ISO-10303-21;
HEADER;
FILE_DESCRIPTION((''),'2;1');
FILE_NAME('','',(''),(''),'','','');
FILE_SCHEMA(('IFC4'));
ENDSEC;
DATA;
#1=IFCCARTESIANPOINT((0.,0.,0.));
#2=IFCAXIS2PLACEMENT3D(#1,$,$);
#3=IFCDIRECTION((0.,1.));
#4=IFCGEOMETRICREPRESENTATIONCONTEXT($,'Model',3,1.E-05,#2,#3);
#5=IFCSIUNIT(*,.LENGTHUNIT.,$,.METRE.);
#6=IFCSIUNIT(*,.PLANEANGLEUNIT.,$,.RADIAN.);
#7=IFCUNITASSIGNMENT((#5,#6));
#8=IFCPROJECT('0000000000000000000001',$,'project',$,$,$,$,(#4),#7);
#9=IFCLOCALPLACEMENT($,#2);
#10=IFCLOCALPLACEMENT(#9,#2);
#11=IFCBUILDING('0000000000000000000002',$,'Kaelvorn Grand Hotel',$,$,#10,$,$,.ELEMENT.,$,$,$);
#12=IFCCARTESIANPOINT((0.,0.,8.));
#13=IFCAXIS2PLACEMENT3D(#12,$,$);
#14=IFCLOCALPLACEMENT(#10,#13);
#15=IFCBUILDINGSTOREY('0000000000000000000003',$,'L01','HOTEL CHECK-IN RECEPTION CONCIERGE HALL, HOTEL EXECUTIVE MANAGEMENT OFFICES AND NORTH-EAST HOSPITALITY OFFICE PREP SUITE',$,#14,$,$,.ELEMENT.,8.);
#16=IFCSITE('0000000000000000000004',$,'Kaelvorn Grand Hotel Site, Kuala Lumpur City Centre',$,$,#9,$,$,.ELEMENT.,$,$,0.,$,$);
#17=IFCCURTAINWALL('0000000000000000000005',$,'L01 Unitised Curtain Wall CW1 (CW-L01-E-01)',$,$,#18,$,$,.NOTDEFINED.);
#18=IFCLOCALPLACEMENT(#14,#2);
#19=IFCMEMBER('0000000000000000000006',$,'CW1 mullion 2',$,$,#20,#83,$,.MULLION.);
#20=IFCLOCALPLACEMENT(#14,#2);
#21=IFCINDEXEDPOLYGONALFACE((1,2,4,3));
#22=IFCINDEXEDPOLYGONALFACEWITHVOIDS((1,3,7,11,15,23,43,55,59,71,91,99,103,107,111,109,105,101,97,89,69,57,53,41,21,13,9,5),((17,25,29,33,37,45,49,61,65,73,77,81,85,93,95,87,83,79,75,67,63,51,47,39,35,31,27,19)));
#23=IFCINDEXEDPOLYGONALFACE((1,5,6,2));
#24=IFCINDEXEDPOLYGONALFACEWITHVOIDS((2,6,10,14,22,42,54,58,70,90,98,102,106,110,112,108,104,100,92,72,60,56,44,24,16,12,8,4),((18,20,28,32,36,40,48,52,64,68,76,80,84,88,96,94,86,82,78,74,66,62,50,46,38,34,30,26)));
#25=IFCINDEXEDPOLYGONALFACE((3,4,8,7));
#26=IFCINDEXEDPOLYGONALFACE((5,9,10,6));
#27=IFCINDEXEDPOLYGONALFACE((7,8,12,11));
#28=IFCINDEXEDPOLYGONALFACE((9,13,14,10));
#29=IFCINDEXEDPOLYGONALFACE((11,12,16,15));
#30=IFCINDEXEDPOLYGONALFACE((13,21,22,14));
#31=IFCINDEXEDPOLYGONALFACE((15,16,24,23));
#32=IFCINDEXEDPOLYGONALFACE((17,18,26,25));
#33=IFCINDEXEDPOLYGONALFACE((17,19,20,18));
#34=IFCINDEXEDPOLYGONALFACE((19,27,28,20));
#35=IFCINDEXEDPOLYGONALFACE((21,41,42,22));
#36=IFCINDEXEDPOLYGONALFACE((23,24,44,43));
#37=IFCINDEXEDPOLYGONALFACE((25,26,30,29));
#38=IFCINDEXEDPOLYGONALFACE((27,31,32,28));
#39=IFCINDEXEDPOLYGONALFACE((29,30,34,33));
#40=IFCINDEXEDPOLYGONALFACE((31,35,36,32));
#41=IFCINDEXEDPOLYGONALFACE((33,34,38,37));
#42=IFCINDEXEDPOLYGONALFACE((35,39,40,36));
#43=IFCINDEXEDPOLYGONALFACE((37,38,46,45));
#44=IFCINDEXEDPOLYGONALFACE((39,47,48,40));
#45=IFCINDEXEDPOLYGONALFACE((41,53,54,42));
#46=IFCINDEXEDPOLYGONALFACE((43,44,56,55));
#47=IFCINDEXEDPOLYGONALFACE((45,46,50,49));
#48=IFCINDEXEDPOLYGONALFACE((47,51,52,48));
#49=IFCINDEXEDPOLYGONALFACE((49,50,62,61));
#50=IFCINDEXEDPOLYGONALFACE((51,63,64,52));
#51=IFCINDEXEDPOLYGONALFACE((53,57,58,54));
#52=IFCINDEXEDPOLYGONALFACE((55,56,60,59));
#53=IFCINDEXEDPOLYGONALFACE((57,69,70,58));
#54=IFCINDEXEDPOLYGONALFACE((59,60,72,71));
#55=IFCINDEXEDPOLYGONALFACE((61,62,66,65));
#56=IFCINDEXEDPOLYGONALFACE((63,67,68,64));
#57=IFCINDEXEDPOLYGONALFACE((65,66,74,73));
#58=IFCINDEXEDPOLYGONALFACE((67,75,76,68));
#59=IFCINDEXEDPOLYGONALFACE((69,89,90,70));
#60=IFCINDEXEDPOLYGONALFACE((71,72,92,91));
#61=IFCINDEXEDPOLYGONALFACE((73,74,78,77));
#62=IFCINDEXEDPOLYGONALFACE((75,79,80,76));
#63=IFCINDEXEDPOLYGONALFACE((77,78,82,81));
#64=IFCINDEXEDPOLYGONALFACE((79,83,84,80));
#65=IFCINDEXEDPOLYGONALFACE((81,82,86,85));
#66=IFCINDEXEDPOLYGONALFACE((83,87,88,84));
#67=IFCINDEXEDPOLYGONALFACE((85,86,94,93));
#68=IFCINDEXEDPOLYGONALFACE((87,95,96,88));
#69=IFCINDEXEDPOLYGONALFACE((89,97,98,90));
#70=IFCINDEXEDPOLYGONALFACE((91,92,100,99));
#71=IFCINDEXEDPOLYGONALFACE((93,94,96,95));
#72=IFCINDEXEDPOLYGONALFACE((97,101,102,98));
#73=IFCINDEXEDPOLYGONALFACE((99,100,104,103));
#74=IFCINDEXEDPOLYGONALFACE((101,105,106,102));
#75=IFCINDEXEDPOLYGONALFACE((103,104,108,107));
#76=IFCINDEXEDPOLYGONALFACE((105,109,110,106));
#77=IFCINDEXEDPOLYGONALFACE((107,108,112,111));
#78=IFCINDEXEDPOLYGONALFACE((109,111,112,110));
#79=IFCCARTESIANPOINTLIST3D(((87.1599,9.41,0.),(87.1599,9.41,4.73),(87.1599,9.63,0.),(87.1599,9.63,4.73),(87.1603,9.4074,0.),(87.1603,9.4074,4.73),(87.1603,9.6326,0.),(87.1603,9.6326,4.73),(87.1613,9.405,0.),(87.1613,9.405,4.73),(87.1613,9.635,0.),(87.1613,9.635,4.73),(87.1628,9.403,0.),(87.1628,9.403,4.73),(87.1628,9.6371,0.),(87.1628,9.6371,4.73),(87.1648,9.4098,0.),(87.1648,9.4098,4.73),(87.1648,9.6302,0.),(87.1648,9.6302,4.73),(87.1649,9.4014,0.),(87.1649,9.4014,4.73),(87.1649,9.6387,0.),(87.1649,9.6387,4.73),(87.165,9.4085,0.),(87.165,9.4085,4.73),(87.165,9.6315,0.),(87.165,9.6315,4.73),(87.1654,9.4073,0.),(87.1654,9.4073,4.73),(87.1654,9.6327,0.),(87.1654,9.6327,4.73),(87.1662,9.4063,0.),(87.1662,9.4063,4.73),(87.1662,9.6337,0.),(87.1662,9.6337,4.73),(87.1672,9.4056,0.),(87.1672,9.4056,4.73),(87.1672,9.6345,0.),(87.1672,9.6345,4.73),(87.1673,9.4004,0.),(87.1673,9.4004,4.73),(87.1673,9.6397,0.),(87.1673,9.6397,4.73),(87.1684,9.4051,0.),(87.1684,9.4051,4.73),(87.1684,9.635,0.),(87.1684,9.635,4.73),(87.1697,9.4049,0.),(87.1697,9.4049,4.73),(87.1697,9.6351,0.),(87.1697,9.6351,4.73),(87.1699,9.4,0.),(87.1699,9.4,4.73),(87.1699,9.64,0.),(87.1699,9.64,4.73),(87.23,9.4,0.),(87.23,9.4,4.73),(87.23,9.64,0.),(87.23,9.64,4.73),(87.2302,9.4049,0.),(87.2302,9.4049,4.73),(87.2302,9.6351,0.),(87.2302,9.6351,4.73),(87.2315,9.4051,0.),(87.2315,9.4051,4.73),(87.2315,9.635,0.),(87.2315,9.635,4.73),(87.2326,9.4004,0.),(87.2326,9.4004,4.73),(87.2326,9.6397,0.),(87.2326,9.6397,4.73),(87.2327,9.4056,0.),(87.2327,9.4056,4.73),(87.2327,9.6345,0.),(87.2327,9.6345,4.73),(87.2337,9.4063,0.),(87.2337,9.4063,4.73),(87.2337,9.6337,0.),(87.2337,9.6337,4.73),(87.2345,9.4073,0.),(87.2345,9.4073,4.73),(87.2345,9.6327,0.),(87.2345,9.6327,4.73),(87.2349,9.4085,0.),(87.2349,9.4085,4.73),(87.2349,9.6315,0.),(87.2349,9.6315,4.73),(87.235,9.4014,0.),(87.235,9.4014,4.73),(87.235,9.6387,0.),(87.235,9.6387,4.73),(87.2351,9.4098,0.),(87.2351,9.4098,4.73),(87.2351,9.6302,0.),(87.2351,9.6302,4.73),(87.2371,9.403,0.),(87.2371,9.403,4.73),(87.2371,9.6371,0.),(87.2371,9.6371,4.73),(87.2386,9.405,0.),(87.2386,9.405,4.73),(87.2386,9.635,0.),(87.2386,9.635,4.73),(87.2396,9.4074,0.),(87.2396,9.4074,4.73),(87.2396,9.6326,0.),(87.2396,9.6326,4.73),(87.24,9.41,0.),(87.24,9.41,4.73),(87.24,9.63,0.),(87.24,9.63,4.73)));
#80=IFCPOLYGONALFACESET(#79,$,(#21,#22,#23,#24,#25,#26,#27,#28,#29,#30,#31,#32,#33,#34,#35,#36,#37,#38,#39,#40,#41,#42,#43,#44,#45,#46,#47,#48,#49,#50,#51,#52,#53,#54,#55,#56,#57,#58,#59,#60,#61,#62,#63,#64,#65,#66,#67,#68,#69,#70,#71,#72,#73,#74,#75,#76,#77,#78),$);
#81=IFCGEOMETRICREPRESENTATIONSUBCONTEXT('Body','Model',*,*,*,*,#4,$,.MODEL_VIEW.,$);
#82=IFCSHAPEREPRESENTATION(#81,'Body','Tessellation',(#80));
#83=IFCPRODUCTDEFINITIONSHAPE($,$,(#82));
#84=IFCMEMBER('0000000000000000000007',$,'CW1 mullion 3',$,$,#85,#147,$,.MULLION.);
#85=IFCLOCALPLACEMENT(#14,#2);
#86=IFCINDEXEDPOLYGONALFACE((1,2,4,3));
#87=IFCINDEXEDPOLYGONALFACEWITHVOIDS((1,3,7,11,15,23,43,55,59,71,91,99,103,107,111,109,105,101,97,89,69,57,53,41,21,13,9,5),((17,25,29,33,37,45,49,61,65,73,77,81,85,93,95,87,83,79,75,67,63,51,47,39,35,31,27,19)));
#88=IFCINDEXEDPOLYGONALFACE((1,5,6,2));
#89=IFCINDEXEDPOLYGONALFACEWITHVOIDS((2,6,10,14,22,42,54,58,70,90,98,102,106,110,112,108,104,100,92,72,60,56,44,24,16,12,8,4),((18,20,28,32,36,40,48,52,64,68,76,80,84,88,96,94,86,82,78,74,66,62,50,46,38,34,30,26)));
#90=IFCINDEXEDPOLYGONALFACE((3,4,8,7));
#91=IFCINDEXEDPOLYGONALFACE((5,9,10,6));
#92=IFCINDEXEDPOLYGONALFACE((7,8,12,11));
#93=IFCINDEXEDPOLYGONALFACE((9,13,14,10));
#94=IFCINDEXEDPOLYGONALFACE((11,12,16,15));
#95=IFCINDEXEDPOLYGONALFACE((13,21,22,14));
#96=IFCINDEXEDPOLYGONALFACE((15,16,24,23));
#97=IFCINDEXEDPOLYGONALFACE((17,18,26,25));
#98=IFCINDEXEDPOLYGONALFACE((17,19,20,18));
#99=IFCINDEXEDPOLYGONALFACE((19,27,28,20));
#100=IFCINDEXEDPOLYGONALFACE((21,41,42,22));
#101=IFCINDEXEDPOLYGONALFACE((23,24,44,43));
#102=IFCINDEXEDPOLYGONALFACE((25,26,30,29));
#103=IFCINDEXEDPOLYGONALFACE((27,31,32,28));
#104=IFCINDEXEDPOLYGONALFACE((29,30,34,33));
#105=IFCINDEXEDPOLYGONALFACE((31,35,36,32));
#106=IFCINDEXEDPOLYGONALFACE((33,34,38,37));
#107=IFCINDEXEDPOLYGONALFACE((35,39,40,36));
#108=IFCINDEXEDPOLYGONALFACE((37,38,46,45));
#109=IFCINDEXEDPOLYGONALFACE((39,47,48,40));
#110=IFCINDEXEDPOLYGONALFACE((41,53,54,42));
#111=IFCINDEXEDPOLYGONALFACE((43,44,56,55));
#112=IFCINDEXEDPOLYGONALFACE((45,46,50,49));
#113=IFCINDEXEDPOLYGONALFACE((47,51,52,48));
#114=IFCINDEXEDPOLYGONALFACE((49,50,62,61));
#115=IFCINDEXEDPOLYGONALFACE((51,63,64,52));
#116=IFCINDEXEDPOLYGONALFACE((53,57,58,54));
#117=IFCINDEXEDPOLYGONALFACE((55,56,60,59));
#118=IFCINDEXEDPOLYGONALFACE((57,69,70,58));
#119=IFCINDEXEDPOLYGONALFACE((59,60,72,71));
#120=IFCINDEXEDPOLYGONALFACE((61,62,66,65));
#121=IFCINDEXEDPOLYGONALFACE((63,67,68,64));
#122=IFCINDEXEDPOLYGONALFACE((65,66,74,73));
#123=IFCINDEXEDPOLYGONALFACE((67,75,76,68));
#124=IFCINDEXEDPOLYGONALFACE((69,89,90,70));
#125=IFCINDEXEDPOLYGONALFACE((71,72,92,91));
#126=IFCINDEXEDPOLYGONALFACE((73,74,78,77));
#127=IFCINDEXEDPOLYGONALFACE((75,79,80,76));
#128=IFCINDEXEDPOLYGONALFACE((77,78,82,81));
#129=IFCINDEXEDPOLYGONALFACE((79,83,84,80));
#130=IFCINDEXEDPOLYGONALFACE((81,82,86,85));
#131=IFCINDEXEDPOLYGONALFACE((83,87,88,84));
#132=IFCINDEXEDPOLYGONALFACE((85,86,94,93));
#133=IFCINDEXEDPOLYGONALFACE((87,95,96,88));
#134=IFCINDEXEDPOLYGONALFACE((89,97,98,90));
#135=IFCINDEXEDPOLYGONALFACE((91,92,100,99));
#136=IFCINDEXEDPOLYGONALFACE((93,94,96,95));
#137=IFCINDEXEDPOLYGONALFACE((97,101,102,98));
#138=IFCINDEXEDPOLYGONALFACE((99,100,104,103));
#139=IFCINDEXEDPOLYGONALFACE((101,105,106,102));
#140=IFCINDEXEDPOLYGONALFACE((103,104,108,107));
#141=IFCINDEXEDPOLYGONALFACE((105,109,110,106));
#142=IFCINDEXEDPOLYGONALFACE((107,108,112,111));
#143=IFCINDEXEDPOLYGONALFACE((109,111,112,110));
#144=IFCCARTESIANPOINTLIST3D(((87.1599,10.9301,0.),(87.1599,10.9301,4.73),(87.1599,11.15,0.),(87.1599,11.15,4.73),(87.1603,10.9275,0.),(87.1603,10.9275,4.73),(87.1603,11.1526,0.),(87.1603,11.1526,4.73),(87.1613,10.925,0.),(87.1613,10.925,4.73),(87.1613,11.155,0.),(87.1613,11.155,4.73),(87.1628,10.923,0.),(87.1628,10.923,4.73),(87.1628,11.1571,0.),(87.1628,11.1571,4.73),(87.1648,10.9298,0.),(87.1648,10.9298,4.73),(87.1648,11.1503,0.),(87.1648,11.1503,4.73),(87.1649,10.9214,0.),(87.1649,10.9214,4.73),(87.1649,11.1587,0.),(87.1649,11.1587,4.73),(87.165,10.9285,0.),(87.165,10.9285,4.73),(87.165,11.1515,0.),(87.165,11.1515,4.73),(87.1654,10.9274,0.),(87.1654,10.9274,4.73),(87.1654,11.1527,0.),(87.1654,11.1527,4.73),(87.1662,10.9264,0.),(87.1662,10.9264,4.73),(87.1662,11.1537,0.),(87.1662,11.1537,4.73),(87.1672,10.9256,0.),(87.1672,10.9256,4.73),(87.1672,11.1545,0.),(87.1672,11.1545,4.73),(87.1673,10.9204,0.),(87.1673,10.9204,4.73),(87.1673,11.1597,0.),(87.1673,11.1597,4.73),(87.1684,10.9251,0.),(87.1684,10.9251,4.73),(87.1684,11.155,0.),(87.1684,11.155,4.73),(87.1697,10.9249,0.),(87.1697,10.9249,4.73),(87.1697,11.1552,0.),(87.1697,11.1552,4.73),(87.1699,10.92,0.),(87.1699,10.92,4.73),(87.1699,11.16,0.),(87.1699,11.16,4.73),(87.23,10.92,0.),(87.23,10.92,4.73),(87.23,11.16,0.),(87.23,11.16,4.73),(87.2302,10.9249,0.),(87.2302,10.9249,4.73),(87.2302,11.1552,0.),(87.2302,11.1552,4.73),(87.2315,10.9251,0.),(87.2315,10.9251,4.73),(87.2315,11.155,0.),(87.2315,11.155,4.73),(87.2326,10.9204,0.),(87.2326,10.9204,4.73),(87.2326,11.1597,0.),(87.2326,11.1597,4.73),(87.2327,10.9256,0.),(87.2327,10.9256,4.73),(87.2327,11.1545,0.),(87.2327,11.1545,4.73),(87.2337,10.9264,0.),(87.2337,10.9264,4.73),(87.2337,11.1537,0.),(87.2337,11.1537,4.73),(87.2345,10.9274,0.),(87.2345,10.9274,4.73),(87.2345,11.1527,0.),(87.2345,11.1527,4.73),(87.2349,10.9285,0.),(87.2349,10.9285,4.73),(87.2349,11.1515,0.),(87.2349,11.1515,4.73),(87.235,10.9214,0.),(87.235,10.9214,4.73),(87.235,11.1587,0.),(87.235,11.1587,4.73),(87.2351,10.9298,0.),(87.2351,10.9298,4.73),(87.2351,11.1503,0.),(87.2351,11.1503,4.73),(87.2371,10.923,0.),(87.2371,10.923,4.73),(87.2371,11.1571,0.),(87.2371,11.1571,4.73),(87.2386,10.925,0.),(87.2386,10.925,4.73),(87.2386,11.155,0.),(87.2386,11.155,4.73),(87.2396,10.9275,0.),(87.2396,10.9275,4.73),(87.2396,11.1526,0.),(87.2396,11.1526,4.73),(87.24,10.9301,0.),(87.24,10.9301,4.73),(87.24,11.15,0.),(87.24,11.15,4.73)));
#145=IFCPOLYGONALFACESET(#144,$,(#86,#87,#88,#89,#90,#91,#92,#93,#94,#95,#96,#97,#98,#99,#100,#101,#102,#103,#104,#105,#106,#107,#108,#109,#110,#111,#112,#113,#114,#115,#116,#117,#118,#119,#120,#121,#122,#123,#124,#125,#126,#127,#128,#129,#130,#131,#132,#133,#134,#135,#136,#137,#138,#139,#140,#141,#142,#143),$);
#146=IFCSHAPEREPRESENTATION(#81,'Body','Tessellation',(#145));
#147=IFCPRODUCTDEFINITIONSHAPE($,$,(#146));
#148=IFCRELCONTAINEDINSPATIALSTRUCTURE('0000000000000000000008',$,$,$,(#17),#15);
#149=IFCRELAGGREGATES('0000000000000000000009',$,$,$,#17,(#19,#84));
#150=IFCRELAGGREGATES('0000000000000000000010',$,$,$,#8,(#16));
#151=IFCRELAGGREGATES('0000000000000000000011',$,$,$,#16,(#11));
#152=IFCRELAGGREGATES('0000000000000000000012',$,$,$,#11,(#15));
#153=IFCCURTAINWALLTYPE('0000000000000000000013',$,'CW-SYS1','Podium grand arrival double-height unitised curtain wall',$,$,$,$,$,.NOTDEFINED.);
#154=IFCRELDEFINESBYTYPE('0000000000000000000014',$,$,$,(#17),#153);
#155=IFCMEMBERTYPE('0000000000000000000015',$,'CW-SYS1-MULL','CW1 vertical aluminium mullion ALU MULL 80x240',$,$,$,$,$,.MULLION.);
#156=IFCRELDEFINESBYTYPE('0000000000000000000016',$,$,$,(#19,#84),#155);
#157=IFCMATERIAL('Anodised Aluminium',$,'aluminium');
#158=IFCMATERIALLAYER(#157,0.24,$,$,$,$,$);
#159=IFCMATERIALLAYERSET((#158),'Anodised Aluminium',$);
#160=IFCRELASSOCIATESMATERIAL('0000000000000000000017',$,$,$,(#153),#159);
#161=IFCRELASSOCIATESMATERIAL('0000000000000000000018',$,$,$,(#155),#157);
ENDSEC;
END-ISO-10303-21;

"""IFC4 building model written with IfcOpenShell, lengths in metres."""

from ifc_helpers import new_model, si_unit, direction, frame, origin, origin_2d, place, context, subcontext, project, spatial, hollow_rectangle, extrude, material, layer, layer_set, material_profile, profile_set, type_object, element, aggregate, save


model = new_model("IFC4")

# Units and contexts
model_context = context("Model", 3, precision=1e-05, world=origin(), true_north=direction((0.0, 1.0)))
body_context = subcontext(model_context, "Body", "Model", "MODEL_VIEW")
ifc_project = project(units=[si_unit("LENGTHUNIT", "METRE"), si_unit("PLANEANGLEUNIT", "RADIAN")], contexts=[model_context])

# Site, building, storey
site_placement = place(None, origin())
site = spatial("IfcSite", under=ifc_project, at=site_placement, Name="Kaelvorn Grand Hotel Site, Kuala Lumpur City Centre", CompositionType="ELEMENT", RefElevation=0.0)
building_placement = place(site_placement, origin())
building = spatial("IfcBuilding", under=site, at=building_placement, Name="Kaelvorn Grand Hotel", CompositionType="ELEMENT")
storey_placement = place(building_placement, frame((0.0, 0.0, 8.0)))
storey = spatial("IfcBuildingStorey", under=building, at=storey_placement, Name="L01", Description="HOTEL CHECK-IN RECEPTION CONCIERGE HALL, HOTEL EXECUTIVE MANAGEMENT OFFICES AND NORTH-EAST HOSPITALITY OFFICE PREP SUITE", CompositionType="ELEMENT", Elevation=8.0)

# Curtain wall, members
ifc_material_1 = material(Name="Anodised Aluminium", Category="aluminium")
ifc_layer_1 = layer(ifc_material_1, 0.24)
ifc_layer_set_1 = layer_set([ifc_layer_1], Name="Anodised Aluminium")
curtain_wall_type = type_object("IfcCurtainWallType", Name="CW-SYS1", Description="Podium grand arrival double-height unitised curtain wall", PredefinedType="NOTDEFINED", material=ifc_layer_set_1)
curtain_wall_placement = place(storey_placement, origin())
curtain_wall = element("IfcCurtainWall", 1, at=curtain_wall_placement, inside=storey, type_object=curtain_wall_type, Name="L01 Unitised Curtain Wall CW1 (CW-L01-E-01)", PredefinedType="NOTDEFINED")
ifc_material_profile_1 = material_profile(ifc_material_1, hollow_rectangle(XDim=0.0801, YDim=0.24, WallThickness=0.0049, InnerFilletRadius=0.0049, OuterFilletRadius=0.01, at=origin_2d()), Name="ALU MULL 80x240")
ifc_profile_set_1 = profile_set([ifc_material_profile_1], Name="Anodised Aluminium")
member_type_1 = type_object("IfcMemberType", Name="CW-SYS1-MULL", Description="CW1 vertical aluminium mullion ALU MULL 80x240", PredefinedType="MULLION", material=ifc_profile_set_1)
member_1_placement = place(storey_placement, frame((87.2, 9.52, 0.0), z_axis=(0.0, 0.0, 1.0), x_axis=(-1.0, 0.0, 0.0)))
member_1 = element("IfcMember", 2, at=member_1_placement, type_object=member_type_1, Name="CW1 mullion 2", PredefinedType="MULLION", context=body_context, shape_type="SweptSolid", body=[
    extrude(hollow_rectangle(XDim=0.0801, YDim=0.24, WallThickness=0.0049, InnerFilletRadius=0.0049, OuterFilletRadius=0.01, at=origin_2d()), origin(), (0.0, 0.0, 1.0), 4.73),
])
member_2_placement = place(storey_placement, frame((87.2, 11.04, 0.0), z_axis=(0.0, 0.0, 1.0), x_axis=(-1.0, 0.0, 0.0)))
member_2 = element("IfcMember", 3, at=member_2_placement, type_object=member_type_1, Name="CW1 mullion 3", PredefinedType="MULLION", context=body_context, shape_type="SweptSolid", body=[
    extrude(hollow_rectangle(XDim=0.0801, YDim=0.24, WallThickness=0.0049, InnerFilletRadius=0.0049, OuterFilletRadius=0.01, at=origin_2d()), origin(), (0.0, 0.0, 1.0), 4.73),
])
aggregate(curtain_wall, [member_1, member_2])

save(model, "model.ifc")
